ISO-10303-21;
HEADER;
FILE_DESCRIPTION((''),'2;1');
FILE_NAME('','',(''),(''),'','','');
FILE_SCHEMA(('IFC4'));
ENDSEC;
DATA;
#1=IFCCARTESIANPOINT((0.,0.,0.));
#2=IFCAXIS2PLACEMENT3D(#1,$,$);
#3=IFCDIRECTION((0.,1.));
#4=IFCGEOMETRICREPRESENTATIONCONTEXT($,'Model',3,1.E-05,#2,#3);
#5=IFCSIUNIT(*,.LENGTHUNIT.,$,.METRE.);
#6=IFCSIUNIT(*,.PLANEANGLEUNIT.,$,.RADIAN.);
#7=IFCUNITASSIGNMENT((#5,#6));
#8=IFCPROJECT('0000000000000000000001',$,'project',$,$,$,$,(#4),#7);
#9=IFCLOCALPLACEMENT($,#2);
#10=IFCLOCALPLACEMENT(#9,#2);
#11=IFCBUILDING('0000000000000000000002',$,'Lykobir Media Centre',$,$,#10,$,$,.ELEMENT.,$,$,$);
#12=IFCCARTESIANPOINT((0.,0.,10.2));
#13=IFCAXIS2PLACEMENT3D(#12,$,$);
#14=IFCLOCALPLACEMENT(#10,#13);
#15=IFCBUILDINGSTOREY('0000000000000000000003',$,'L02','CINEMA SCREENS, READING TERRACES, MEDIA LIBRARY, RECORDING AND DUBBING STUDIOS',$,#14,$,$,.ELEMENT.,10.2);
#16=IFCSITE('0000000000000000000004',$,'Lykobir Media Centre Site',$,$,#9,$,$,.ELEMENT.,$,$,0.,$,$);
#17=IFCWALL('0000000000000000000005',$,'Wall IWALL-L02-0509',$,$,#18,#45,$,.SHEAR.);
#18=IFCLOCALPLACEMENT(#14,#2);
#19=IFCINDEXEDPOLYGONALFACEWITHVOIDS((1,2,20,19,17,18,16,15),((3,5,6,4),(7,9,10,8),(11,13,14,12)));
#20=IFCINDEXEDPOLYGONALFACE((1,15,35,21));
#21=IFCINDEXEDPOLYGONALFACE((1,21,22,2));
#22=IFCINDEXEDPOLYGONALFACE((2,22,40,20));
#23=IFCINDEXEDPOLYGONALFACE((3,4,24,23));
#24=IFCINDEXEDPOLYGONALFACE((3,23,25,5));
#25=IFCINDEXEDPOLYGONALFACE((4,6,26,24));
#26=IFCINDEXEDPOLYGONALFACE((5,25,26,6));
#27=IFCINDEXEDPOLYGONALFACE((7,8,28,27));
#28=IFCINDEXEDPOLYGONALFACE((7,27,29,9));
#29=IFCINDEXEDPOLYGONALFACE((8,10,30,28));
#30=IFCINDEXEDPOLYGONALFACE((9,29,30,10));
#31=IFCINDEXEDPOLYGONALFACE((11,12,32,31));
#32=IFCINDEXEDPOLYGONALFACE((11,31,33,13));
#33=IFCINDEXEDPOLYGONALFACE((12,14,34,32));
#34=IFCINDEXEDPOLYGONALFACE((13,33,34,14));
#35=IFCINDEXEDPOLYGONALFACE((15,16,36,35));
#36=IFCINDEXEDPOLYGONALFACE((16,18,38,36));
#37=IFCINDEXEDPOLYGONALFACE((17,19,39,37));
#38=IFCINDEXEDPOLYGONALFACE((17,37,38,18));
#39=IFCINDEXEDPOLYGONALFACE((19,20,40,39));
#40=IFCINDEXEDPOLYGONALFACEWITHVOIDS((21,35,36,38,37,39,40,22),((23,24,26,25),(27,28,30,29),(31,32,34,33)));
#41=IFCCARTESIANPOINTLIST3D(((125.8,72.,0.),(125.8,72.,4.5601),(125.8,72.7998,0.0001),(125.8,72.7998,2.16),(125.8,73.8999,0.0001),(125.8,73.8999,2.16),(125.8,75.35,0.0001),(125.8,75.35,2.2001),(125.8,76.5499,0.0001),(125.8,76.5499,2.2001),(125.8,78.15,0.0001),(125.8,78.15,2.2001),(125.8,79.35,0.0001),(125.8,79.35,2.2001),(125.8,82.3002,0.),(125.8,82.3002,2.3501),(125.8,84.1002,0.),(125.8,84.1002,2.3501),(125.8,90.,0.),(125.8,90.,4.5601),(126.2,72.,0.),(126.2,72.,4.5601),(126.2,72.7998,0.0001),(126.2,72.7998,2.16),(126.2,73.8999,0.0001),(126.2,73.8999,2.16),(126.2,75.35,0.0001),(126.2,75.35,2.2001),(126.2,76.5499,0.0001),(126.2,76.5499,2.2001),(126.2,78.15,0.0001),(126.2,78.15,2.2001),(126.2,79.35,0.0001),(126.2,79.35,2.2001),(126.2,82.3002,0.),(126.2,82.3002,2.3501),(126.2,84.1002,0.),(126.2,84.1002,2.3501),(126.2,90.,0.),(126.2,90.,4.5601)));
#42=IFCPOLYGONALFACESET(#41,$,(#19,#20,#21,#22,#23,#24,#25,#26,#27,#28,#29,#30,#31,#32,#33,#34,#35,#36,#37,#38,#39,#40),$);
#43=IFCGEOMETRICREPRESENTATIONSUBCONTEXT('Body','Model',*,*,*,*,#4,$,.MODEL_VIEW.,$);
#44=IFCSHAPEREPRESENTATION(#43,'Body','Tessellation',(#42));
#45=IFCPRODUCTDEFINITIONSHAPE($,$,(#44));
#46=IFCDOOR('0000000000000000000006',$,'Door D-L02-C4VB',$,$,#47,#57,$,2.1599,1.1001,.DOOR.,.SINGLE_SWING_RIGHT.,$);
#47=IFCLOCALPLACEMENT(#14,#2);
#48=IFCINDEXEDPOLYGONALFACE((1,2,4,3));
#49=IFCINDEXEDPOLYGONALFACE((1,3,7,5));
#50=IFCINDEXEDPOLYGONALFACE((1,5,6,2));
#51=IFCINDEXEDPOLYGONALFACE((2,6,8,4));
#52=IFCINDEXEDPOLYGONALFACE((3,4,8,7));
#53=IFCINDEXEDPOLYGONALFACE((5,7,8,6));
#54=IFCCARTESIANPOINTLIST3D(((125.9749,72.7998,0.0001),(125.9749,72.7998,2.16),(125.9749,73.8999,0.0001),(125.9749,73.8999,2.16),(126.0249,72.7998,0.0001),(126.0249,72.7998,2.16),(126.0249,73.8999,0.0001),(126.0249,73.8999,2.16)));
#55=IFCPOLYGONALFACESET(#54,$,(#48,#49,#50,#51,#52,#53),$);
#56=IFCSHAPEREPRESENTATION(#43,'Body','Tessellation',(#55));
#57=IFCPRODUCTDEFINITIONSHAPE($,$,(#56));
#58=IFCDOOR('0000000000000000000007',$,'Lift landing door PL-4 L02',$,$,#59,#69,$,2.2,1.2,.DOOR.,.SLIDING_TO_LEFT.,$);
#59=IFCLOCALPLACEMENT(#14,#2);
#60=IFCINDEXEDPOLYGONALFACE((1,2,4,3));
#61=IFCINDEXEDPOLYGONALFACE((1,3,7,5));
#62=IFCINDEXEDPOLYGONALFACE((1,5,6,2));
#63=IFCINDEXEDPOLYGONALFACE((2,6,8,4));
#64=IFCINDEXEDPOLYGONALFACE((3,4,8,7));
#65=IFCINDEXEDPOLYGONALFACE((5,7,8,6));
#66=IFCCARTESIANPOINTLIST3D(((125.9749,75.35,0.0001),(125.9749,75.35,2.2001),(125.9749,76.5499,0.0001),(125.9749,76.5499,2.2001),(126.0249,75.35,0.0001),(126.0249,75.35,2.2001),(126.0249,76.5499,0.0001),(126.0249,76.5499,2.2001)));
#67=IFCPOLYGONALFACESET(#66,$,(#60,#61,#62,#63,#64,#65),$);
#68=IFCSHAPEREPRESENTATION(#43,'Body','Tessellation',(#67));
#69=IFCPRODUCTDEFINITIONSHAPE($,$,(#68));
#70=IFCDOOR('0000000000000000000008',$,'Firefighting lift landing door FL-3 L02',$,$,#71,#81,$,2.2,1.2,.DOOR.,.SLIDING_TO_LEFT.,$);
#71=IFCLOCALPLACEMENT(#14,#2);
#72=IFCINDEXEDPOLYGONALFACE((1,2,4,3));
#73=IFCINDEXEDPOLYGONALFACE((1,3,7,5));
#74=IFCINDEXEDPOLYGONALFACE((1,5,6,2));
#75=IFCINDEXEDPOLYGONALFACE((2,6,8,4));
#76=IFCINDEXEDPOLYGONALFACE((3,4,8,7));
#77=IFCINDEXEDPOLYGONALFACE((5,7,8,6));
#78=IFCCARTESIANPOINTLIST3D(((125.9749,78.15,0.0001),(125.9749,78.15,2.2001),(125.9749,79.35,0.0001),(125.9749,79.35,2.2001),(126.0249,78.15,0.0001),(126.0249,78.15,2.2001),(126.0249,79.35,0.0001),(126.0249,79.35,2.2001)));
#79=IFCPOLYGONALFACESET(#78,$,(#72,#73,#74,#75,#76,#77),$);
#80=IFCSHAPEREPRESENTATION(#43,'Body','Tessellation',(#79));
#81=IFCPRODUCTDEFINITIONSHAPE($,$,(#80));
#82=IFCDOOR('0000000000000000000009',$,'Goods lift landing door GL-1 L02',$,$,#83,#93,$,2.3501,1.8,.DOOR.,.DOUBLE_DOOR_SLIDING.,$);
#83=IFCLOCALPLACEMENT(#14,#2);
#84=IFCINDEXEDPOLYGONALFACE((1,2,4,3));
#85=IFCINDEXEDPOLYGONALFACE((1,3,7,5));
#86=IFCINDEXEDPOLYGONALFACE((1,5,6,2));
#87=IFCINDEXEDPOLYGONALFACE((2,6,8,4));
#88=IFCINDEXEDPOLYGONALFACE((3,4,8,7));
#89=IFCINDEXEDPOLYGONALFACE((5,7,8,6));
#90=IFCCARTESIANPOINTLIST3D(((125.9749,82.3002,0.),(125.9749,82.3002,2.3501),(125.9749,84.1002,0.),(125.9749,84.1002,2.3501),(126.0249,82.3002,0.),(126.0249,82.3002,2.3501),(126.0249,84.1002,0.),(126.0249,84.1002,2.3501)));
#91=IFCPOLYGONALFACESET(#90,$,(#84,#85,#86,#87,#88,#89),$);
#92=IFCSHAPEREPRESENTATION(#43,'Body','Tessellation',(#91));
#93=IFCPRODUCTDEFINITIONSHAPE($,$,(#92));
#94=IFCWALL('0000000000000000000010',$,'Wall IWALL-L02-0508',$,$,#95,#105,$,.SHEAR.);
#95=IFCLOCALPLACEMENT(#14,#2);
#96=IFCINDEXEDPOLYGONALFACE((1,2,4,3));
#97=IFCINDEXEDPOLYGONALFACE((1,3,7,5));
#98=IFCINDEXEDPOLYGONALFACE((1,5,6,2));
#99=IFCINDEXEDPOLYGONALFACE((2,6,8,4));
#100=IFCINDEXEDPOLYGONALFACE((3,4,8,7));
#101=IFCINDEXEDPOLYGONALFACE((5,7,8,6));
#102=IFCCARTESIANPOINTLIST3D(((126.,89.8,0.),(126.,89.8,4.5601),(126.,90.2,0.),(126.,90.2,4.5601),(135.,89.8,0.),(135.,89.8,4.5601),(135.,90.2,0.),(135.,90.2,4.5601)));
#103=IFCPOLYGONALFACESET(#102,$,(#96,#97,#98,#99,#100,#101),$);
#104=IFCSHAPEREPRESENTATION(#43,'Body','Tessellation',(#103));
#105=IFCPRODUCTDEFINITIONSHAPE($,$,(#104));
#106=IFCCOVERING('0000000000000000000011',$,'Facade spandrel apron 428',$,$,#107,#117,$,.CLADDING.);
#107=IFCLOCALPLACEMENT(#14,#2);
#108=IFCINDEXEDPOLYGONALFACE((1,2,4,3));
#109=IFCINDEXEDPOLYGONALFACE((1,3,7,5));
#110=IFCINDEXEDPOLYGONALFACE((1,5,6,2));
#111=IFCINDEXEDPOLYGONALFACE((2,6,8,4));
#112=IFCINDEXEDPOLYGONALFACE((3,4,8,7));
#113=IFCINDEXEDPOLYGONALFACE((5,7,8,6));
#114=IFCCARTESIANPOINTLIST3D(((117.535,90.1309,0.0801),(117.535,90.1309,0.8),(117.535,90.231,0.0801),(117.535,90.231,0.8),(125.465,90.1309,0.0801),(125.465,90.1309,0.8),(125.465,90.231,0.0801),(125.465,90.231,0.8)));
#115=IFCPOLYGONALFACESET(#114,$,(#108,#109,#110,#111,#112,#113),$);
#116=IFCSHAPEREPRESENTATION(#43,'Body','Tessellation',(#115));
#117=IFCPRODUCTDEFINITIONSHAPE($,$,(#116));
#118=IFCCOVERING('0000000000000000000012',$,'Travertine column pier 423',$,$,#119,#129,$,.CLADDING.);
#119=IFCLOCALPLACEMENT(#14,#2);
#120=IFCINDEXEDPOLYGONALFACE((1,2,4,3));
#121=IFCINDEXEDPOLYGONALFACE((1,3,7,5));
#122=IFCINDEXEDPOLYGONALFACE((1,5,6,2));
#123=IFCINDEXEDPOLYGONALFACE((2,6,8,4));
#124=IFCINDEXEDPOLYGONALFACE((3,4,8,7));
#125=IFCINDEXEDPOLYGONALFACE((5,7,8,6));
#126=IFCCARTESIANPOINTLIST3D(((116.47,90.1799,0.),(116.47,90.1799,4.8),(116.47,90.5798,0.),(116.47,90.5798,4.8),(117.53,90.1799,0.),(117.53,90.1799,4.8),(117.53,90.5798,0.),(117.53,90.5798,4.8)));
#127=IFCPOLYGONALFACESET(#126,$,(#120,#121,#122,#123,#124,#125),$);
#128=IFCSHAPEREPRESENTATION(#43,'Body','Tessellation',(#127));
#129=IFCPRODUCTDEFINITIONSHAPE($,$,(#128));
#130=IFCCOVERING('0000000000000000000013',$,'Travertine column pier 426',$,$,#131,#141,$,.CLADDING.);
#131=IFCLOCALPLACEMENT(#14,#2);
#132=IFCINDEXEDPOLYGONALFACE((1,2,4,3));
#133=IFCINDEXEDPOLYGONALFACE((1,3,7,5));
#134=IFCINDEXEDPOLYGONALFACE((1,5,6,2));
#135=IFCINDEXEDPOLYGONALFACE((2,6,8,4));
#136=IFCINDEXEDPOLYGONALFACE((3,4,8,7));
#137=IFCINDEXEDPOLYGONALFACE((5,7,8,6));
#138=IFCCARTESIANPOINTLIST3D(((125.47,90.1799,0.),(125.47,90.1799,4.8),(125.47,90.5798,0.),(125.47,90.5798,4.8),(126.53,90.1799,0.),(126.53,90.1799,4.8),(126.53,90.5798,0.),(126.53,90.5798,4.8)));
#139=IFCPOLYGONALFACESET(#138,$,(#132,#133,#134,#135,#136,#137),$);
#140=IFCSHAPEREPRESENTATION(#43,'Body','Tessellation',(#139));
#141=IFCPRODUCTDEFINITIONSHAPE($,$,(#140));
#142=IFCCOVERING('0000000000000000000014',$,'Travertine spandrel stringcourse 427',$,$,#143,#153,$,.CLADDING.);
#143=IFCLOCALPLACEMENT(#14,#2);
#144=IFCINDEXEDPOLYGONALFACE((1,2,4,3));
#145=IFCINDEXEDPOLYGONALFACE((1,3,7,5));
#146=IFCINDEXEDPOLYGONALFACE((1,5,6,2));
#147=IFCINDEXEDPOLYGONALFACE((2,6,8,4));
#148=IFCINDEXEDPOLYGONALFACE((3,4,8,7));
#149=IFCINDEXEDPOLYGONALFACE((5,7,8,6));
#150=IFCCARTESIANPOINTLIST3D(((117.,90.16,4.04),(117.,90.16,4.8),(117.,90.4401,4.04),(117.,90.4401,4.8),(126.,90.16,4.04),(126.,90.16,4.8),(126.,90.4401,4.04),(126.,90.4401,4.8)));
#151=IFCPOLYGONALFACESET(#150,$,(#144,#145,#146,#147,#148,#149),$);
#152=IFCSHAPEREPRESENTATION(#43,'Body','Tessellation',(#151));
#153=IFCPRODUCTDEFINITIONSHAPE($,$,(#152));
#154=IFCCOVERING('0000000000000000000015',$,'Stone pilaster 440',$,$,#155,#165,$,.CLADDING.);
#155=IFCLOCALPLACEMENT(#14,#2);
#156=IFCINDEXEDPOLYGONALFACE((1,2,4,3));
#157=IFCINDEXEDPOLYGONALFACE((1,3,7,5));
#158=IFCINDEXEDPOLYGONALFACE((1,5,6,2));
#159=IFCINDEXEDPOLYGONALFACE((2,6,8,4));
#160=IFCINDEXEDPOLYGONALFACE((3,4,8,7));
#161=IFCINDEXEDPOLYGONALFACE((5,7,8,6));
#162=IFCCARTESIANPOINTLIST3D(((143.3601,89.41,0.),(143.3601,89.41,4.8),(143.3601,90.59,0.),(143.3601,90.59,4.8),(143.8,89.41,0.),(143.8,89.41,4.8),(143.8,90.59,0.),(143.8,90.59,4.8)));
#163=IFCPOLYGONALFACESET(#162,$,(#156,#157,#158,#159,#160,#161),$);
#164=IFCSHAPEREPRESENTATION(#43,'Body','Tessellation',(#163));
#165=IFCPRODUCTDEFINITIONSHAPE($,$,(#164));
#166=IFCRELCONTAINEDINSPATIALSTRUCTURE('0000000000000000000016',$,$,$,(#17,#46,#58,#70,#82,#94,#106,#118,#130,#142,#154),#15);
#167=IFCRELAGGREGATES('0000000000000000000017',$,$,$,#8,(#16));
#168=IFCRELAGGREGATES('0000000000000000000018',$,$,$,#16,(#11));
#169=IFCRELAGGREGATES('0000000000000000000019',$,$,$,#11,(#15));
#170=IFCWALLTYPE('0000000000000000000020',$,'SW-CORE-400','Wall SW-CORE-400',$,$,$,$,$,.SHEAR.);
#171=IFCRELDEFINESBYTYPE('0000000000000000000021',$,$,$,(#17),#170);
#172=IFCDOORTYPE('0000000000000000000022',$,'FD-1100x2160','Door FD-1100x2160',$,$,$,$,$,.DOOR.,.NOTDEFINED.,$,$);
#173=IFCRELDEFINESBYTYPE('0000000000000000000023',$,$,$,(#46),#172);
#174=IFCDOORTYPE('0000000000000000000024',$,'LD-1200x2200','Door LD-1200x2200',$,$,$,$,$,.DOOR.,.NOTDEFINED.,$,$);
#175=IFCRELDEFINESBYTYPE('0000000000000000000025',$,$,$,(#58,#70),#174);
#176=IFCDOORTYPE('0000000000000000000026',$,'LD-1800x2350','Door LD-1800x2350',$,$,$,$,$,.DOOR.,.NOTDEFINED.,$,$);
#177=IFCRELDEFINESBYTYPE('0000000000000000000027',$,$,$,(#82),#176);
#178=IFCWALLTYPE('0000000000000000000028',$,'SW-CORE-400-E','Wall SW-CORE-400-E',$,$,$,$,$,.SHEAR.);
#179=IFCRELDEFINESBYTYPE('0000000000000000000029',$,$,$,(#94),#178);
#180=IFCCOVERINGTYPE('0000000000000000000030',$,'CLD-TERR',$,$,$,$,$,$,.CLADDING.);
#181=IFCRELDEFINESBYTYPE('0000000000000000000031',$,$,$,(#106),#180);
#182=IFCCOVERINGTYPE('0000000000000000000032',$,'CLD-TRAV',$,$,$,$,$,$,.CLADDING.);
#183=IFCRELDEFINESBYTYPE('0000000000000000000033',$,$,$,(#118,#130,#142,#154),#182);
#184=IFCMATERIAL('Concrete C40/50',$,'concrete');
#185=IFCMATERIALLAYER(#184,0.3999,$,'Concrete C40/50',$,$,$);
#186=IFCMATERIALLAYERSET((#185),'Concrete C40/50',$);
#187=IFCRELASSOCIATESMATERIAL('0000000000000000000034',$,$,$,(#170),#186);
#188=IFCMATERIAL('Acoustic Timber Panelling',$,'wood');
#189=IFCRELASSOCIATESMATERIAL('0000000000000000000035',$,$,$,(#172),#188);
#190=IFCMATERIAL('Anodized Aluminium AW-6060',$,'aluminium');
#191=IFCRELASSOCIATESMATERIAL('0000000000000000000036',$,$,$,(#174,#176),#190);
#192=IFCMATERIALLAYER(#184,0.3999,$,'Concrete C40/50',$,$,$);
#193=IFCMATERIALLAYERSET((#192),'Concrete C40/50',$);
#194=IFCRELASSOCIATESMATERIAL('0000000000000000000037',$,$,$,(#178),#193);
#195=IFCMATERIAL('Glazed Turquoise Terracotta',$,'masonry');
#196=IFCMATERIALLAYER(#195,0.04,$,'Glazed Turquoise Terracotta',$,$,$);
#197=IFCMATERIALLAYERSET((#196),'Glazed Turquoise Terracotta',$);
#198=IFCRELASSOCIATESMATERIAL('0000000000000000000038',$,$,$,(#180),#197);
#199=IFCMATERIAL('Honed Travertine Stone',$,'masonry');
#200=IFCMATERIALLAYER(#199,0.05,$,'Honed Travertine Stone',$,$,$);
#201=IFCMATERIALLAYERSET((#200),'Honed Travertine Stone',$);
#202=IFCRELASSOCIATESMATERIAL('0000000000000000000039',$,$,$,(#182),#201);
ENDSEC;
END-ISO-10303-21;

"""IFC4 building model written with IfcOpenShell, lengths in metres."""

from ifc_helpers import new_model, si_unit, direction, frame, frame_2d, origin, origin_2d, place, context, subcontext, project, spatial, rectangle, extrude, material, layer, layer_set, type_object, element, fill, save


model = new_model("IFC4")

# Units and contexts
model_context = context("Model", 3, precision=1e-05, world=origin(), true_north=direction((0.0, 1.0)))
body_context = subcontext(model_context, "Body", "Model", "MODEL_VIEW")
ifc_project = project(units=[si_unit("LENGTHUNIT", "METRE"), si_unit("PLANEANGLEUNIT", "RADIAN")], contexts=[model_context])

# Site, building, storey
site_placement = place(None, origin())
site = spatial("IfcSite", under=ifc_project, at=site_placement, Name="Lykobir Media Centre Site", CompositionType="ELEMENT", RefElevation=0.0)
building_placement = place(site_placement, origin())
building = spatial("IfcBuilding", under=site, at=building_placement, Name="Lykobir Media Centre", CompositionType="ELEMENT")
storey_placement = place(building_placement, frame((0.0, 0.0, 10.2)))
storey = spatial("IfcBuildingStorey", under=building, at=storey_placement, Name="L02", Description="CINEMA SCREENS, READING TERRACES, MEDIA LIBRARY, RECORDING AND DUBBING STUDIOS", CompositionType="ELEMENT", Elevation=10.2)

# Shared definitions
ifc_material_1 = material(Name="Concrete C40/50", Category="concrete")

# Shared definitions
ifc_material_2 = material(Name="Acoustic Timber Panelling", Category="wood")

# Wall, openings, doors
ifc_layer_1 = layer(ifc_material_1, 0.3999, Name="Concrete C40/50")
ifc_layer_set_1 = layer_set([ifc_layer_1], Name="Concrete C40/50")
wall_type_1 = type_object("IfcWallType", Name="SW-CORE-400", Description="Wall SW-CORE-400", PredefinedType="SHEAR", material=ifc_layer_set_1)
wall_1_placement = place(storey_placement, frame((126.0, 90.0, 0.0), z_axis=(0.0, 0.0, 1.0), x_axis=(0.0, -1.0, 0.0)))
wall_1 = element("IfcWall", 1, at=wall_1_placement, inside=storey, type_object=wall_type_1, Name="Wall IWALL-L02-0509", PredefinedType="SHEAR", context=body_context, shape_type="SweptSolid", body=[
    extrude(rectangle(XDim=18.0, YDim=0.3999, at=frame_2d((9.0, 0.0))), origin(), (0.0, 0.0, 1.0), 4.5601),
])
opening_1_placement = place(wall_1_placement, frame((16.1001, 0.0, 0.0)))
opening_1 = element("IfcOpeningElement", 2, at=opening_1_placement, cuts=wall_1, PredefinedType="OPENING", context=body_context, shape_type="SweptSolid", body=[
    extrude(rectangle(XDim=1.1001, YDim=2.1599, at=frame_2d((0.55, 1.0801))), frame((0.0, 0.21, 0.0), z_axis=(0.0, -1.0, 0.0), x_axis=(1.0, 0.0, 0.0)), (0.0, 0.0, 1.0), 0.4199),
])
opening_2_placement = place(wall_1_placement, frame((13.45, 0.0, 0.0)))
opening_2 = element("IfcOpeningElement", 3, at=opening_2_placement, cuts=wall_1, PredefinedType="OPENING", context=body_context, shape_type="SweptSolid", body=[
    extrude(rectangle(XDim=1.2, YDim=2.2, at=frame_2d((0.6001, 1.1001))), frame((0.0, 0.21, 0.0), z_axis=(0.0, -1.0, 0.0), x_axis=(1.0, 0.0, 0.0)), (0.0, 0.0, 1.0), 0.4199),
])
opening_3_placement = place(wall_1_placement, frame((10.6499, 0.0, 0.0)))
opening_3 = element("IfcOpeningElement", 4, at=opening_3_placement, cuts=wall_1, PredefinedType="OPENING", context=body_context, shape_type="SweptSolid", body=[
    extrude(rectangle(XDim=1.2, YDim=2.2, at=frame_2d((0.6001, 1.1001))), frame((0.0, 0.21, 0.0), z_axis=(0.0, -1.0, 0.0), x_axis=(1.0, 0.0, 0.0)), (0.0, 0.0, 1.0), 0.4199),
])
opening_4_placement = place(wall_1_placement, frame((5.8999, 0.0, 0.0)))
opening_4 = element("IfcOpeningElement", 5, at=opening_4_placement, cuts=wall_1, PredefinedType="OPENING", context=body_context, shape_type="SweptSolid", body=[
    extrude(rectangle(XDim=1.8, YDim=2.3501, at=frame_2d((0.8999, 1.175))), frame((0.0, 0.21, 0.0), z_axis=(0.0, -1.0, 0.0), x_axis=(1.0, 0.0, 0.0)), (0.0, 0.0, 1.0), 0.4199),
])
door_type_1 = type_object("IfcDoorType", Name="FD-1100x2160", Description="Door FD-1100x2160", OperationType="NOTDEFINED", PredefinedType="DOOR", material=ifc_material_2)
door_1_placement = place(opening_1_placement, origin())
door_1 = element("IfcDoor", 6, at=door_1_placement, inside=storey, type_object=door_type_1, Name="Door D-L02-C4VB", OperationType="SINGLE_SWING_RIGHT", OverallHeight=2.1599, OverallWidth=1.1001, PredefinedType="DOOR", context=body_context, shape_type="SweptSolid", body=[
    extrude(rectangle(XDim=1.1001, YDim=2.1599, at=frame_2d((0.55, 1.0801))), frame((0.0, 0.0249, 0.0), z_axis=(0.0, -1.0, 0.0), x_axis=(1.0, 0.0, 0.0)), (0.0, 0.0, 1.0), 0.05),
])
fill(opening_1, door_1)
ifc_material_3 = material(Name="Anodized Aluminium AW-6060", Category="aluminium")
door_type_2 = type_object("IfcDoorType", Name="LD-1200x2200", Description="Door LD-1200x2200", OperationType="NOTDEFINED", PredefinedType="DOOR", material=ifc_material_3)
door_2_placement = place(opening_2_placement, origin())
door_2 = element("IfcDoor", 7, at=door_2_placement, inside=storey, type_object=door_type_2, Name="Lift landing door PL-4 L02", OperationType="SLIDING_TO_LEFT", OverallHeight=2.2, OverallWidth=1.2, PredefinedType="DOOR", context=body_context, shape_type="SweptSolid", body=[
    extrude(rectangle(XDim=1.2, YDim=2.2, at=frame_2d((0.6001, 1.1001))), frame((0.0, 0.0249, 0.0), z_axis=(0.0, -1.0, 0.0), x_axis=(1.0, 0.0, 0.0)), (0.0, 0.0, 1.0), 0.05),
])
fill(opening_2, door_2)
door_3_placement = place(opening_3_placement, origin())
door_3 = element("IfcDoor", 8, at=door_3_placement, inside=storey, type_object=door_type_2, Name="Firefighting lift landing door FL-3 L02", OperationType="SLIDING_TO_LEFT", OverallHeight=2.2, OverallWidth=1.2, PredefinedType="DOOR", context=body_context, shape_type="SweptSolid", body=[
    extrude(rectangle(XDim=1.2, YDim=2.2, at=frame_2d((0.6001, 1.1001))), frame((0.0, 0.0249, 0.0), z_axis=(0.0, -1.0, 0.0), x_axis=(1.0, 0.0, 0.0)), (0.0, 0.0, 1.0), 0.05),
])
fill(opening_3, door_3)
door_type_3 = type_object("IfcDoorType", Name="LD-1800x2350", Description="Door LD-1800x2350", OperationType="NOTDEFINED", PredefinedType="DOOR", material=ifc_material_3)
door_4_placement = place(opening_4_placement, origin())
door_4 = element("IfcDoor", 9, at=door_4_placement, inside=storey, type_object=door_type_3, Name="Goods lift landing door GL-1 L02", OperationType="DOUBLE_DOOR_SLIDING", OverallHeight=2.3501, OverallWidth=1.8, PredefinedType="DOOR", context=body_context, shape_type="SweptSolid", body=[
    extrude(rectangle(XDim=1.8, YDim=2.3501, at=frame_2d((0.8999, 1.175))), frame((0.0, 0.0249, 0.0), z_axis=(0.0, -1.0, 0.0), x_axis=(1.0, 0.0, 0.0)), (0.0, 0.0, 1.0), 0.05),
])
fill(opening_4, door_4)

# Wall
ifc_layer_2 = layer(ifc_material_1, 0.3999, Name="Concrete C40/50")
ifc_layer_set_2 = layer_set([ifc_layer_2], Name="Concrete C40/50")
wall_type_2 = type_object("IfcWallType", Name="SW-CORE-400-E", Description="Wall SW-CORE-400-E", PredefinedType="SHEAR", material=ifc_layer_set_2)
wall_2_placement = place(storey_placement, frame((135.0, 90.0, 0.0), z_axis=(0.0, 0.0, 1.0), x_axis=(-1.0, 0.0, 0.0)))
element("IfcWall", 10, at=wall_2_placement, inside=storey, type_object=wall_type_2, Name="Wall IWALL-L02-0508", PredefinedType="SHEAR", context=body_context, shape_type="SweptSolid", body=[
    extrude(rectangle(XDim=9.0, YDim=0.3999, at=frame_2d((4.5, 0.0))), origin(), (0.0, 0.0, 1.0), 4.5601),
])

# Coverings
ifc_material_4 = material(Name="Glazed Turquoise Terracotta", Category="masonry")
ifc_layer_3 = layer(ifc_material_4, 0.04, Name="Glazed Turquoise Terracotta")
ifc_layer_set_3 = layer_set([ifc_layer_3], Name="Glazed Turquoise Terracotta")
covering_type_1 = type_object("IfcCoveringType", Name="CLD-TERR", PredefinedType="CLADDING", material=ifc_layer_set_3)
covering_1_placement = place(storey_placement, frame((121.5, 90.1809, 0.0801), z_axis=(0.0, 0.0, 1.0), x_axis=(-1.0, 0.0, 0.0)))
element("IfcCovering", 11, at=covering_1_placement, inside=storey, type_object=covering_type_1, Name="Facade spandrel apron 428", PredefinedType="CLADDING", context=body_context, shape_type="SweptSolid", body=[
    extrude(rectangle(XDim=7.9299, YDim=0.1001, at=origin_2d()), origin(), (0.0, 0.0, 1.0), 0.72),
])
ifc_material_5 = material(Name="Honed Travertine Stone", Category="masonry")
ifc_layer_4 = layer(ifc_material_5, 0.05, Name="Honed Travertine Stone")
ifc_layer_set_4 = layer_set([ifc_layer_4], Name="Honed Travertine Stone")
covering_type_2 = type_object("IfcCoveringType", Name="CLD-TRAV", PredefinedType="CLADDING", material=ifc_layer_set_4)
for number, where, z_axis, x_axis, name in (
    (12, (117.0, 90.3799, 0.0), (0.0, 0.0, 1.0), (-1.0, 0.0, 0.0), "Travertine column pier 423"),
    (13, (126.0, 90.3799, 0.0), (0.0, 0.0, 1.0), (-1.0, 0.0, 0.0), "Travertine column pier 426"),
):
    element("IfcCovering", number, at=place(storey_placement, frame(where, z_axis=z_axis, x_axis=x_axis)), inside=storey, type_object=covering_type_2, Name=name, PredefinedType="CLADDING", context=body_context, shape_type="SweptSolid", body=[
        extrude(rectangle(XDim=1.0601, YDim=0.3999, at=origin_2d()), origin(), (0.0, 0.0, 1.0), 4.8),
    ])
covering_2_placement = place(storey_placement, frame((121.5, 90.3, 4.04), z_axis=(0.0, 0.0, 1.0), x_axis=(-1.0, 0.0, 0.0)))
element("IfcCovering", 14, at=covering_2_placement, inside=storey, type_object=covering_type_2, Name="Travertine spandrel stringcourse 427", PredefinedType="CLADDING", context=body_context, shape_type="SweptSolid", body=[
    extrude(rectangle(XDim=9.0, YDim=0.28, at=origin_2d()), origin(), (0.0, 0.0, 1.0), 0.76),
])
covering_3_placement = place(storey_placement, frame((143.5801, 90.0, 0.0), z_axis=(0.0, 0.0, 1.0), x_axis=(0.0, -1.0, 0.0)))
element("IfcCovering", 15, at=covering_3_placement, inside=storey, type_object=covering_type_2, Name="Stone pilaster 440", PredefinedType="CLADDING", context=body_context, shape_type="SweptSolid", body=[
    extrude(rectangle(XDim=1.1799, YDim=0.4399, at=origin_2d()), origin(), (0.0, 0.0, 1.0), 4.8),
])

save(model, "model.ifc")
